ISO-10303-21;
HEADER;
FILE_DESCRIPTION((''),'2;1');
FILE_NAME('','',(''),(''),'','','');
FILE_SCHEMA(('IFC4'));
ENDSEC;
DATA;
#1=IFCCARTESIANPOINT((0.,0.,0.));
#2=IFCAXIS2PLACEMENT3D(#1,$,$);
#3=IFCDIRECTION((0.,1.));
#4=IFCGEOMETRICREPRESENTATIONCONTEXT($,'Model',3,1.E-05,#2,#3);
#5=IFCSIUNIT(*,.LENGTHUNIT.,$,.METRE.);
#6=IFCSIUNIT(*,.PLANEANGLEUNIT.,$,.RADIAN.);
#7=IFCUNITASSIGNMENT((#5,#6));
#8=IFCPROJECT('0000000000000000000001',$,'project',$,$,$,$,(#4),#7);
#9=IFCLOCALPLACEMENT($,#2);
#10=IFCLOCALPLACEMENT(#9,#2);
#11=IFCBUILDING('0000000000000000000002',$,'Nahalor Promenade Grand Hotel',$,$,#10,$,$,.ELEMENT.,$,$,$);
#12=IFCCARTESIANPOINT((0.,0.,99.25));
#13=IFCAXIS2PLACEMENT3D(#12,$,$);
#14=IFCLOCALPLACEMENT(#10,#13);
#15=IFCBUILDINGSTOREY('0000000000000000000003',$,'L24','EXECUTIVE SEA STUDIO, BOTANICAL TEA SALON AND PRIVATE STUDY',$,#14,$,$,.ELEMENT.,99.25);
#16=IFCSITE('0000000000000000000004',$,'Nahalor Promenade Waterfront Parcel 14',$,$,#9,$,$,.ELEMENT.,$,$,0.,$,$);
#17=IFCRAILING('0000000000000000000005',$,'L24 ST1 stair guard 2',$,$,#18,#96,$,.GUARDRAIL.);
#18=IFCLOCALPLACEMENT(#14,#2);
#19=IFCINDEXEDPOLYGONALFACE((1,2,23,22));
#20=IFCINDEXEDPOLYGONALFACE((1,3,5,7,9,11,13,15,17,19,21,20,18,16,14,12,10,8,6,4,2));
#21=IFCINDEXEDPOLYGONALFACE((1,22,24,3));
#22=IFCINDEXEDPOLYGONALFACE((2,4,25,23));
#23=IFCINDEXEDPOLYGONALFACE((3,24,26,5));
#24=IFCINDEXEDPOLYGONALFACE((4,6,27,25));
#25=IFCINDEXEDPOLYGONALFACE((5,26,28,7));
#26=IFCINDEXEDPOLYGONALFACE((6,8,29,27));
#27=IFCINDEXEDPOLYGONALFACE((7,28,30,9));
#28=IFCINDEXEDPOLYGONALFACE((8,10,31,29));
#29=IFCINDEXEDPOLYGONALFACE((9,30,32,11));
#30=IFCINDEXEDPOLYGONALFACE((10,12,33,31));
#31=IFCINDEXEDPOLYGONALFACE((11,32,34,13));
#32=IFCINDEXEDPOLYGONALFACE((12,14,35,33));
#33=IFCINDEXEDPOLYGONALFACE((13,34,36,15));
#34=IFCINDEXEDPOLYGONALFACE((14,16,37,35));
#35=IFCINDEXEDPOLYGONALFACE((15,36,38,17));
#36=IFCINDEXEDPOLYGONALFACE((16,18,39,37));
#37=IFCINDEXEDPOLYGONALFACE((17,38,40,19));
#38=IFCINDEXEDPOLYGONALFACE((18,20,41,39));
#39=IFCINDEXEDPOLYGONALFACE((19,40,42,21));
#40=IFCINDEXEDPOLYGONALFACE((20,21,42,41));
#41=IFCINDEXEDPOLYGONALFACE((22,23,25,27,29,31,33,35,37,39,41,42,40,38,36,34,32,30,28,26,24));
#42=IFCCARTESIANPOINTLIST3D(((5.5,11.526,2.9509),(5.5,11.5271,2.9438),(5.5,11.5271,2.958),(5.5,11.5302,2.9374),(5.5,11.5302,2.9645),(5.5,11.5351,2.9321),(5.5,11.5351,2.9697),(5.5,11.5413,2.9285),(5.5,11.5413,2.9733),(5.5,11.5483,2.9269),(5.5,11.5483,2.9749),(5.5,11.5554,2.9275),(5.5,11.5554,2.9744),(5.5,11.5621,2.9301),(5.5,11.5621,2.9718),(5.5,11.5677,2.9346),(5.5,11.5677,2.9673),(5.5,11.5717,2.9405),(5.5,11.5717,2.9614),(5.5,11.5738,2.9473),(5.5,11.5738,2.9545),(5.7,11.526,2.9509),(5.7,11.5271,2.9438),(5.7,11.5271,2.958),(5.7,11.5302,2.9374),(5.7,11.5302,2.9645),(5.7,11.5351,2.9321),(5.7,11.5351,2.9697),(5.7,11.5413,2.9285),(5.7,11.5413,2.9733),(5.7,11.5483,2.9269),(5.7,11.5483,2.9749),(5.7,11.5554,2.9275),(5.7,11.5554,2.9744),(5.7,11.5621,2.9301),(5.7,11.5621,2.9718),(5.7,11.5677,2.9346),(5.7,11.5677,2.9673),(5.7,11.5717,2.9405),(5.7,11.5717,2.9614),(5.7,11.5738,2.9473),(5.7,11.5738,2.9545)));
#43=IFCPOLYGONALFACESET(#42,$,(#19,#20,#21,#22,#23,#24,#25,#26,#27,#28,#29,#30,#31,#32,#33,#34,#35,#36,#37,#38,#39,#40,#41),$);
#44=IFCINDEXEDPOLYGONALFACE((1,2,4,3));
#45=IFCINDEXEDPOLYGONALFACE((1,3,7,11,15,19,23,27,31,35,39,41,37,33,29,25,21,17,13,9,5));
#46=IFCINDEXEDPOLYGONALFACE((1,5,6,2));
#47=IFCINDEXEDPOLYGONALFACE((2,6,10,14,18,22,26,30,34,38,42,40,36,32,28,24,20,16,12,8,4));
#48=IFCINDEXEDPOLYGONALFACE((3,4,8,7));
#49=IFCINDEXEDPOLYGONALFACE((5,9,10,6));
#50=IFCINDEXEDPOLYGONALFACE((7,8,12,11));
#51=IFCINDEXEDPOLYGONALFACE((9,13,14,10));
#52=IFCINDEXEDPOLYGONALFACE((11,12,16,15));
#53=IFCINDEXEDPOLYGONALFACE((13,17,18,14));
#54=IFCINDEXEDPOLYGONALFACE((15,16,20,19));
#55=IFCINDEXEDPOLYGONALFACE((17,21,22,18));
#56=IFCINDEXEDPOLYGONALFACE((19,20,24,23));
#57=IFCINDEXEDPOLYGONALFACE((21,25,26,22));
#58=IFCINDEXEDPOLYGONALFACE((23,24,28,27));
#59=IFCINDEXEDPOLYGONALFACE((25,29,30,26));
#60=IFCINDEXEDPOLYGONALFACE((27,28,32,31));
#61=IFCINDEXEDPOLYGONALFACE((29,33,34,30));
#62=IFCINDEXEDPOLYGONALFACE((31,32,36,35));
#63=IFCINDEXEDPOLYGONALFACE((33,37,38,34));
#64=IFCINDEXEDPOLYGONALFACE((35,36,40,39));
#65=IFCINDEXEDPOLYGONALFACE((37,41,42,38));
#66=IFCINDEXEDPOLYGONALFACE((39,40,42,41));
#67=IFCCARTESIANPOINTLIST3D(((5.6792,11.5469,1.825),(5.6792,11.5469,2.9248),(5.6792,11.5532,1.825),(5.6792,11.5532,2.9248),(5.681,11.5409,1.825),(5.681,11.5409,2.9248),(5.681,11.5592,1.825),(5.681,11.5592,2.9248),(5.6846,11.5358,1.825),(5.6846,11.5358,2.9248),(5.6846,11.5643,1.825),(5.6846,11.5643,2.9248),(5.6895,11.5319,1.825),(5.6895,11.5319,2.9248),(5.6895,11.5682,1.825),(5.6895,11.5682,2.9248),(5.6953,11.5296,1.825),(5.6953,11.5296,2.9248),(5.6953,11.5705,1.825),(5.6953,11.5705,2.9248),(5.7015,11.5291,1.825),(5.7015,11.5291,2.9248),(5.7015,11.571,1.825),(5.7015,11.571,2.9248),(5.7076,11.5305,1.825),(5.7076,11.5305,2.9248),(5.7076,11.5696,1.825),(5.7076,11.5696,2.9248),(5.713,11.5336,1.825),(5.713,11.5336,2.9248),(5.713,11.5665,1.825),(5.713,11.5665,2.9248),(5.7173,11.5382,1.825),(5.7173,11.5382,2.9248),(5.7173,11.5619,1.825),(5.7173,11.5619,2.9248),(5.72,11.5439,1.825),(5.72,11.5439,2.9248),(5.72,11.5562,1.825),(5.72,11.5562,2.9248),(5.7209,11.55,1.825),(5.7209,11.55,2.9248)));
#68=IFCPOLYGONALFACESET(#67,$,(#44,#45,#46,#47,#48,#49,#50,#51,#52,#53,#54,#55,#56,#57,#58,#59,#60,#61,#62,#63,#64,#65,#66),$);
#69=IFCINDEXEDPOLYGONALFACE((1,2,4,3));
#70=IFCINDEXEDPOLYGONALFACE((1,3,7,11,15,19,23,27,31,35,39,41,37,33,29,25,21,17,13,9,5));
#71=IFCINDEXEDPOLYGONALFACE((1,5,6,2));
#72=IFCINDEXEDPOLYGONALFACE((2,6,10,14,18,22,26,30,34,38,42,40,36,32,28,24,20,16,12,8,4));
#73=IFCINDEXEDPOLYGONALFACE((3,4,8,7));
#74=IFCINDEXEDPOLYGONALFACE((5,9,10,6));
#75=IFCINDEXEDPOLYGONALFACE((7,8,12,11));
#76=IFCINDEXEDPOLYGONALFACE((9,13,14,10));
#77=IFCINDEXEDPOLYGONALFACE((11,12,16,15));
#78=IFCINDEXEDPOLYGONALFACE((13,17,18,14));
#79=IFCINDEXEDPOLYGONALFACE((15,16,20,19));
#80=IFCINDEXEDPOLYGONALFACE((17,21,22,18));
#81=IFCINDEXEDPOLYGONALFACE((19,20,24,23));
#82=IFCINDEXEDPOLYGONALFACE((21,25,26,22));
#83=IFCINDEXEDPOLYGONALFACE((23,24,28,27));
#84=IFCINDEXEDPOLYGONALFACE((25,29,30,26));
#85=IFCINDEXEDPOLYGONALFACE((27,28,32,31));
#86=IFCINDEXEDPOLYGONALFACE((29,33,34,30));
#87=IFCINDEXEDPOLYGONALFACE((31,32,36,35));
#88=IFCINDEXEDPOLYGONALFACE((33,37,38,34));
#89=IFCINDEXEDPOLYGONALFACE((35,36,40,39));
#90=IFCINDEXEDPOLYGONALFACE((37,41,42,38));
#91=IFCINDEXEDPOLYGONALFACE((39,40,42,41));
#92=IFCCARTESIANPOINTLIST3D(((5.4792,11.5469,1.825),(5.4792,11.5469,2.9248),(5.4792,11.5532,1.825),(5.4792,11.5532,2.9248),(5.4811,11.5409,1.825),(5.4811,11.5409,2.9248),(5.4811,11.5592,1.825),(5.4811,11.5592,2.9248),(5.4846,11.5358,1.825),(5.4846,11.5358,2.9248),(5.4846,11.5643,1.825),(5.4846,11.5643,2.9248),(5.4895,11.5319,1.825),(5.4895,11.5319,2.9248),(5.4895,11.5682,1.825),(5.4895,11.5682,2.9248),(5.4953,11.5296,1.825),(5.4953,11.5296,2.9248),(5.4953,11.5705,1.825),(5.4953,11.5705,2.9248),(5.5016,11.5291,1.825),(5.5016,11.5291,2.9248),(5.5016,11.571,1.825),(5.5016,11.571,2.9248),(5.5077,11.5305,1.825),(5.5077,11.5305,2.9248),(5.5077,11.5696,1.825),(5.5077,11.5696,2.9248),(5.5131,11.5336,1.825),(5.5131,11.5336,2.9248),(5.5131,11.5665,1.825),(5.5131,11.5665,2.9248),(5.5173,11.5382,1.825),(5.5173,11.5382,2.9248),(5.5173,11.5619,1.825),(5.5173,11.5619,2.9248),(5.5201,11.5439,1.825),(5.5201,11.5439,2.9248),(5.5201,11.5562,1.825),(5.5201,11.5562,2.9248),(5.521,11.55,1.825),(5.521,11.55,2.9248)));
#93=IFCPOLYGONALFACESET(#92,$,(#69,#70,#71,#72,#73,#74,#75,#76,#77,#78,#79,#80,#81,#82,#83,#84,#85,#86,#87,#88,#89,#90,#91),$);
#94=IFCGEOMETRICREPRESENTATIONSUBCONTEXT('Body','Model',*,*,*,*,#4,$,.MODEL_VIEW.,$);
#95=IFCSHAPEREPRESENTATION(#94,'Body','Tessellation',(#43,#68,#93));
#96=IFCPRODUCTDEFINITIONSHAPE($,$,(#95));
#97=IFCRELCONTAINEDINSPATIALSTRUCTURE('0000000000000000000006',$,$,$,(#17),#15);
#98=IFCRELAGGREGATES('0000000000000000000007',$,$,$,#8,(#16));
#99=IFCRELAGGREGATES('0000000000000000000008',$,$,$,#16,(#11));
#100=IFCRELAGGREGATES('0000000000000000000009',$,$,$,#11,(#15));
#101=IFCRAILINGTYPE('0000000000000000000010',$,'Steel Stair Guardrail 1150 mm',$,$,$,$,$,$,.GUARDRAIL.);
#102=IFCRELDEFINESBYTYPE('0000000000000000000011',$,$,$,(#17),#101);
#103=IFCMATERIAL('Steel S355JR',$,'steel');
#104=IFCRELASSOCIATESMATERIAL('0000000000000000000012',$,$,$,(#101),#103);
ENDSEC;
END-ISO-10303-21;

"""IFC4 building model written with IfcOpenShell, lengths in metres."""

from ifc_helpers import new_model, si_unit, direction, frame, origin, origin_2d, place, context, subcontext, project, spatial, circle, extrude, material, type_object, element, save


model = new_model("IFC4")

# Units and contexts
model_context = context("Model", 3, precision=1e-05, world=origin(), true_north=direction((0.0, 1.0)))
body_context = subcontext(model_context, "Body", "Model", "MODEL_VIEW")
ifc_project = project(units=[si_unit("LENGTHUNIT", "METRE"), si_unit("PLANEANGLEUNIT", "RADIAN")], contexts=[model_context])

# Site, building, storey
site_placement = place(None, origin())
site = spatial("IfcSite", under=ifc_project, at=site_placement, Name="Nahalor Promenade Waterfront Parcel 14", CompositionType="ELEMENT", RefElevation=0.0)
building_placement = place(site_placement, origin())
building = spatial("IfcBuilding", under=site, at=building_placement, Name="Nahalor Promenade Grand Hotel", CompositionType="ELEMENT")
storey_placement = place(building_placement, frame((0.0, 0.0, 99.25)))
storey = spatial("IfcBuildingStorey", under=building, at=storey_placement, Name="L24", Description="EXECUTIVE SEA STUDIO, BOTANICAL TEA SALON AND PRIVATE STUDY", CompositionType="ELEMENT", Elevation=99.25)

# Shared definitions
ifc_material_1 = material(Name="Steel S355JR", Category="steel")

# Railing
railing_type = type_object("IfcRailingType", Name="Steel Stair Guardrail 1150 mm", PredefinedType="GUARDRAIL", material=ifc_material_1)
railing_1_placement = place(storey_placement, frame((5.7, 11.55, 1.825)))
element("IfcRailing", 1, at=railing_1_placement, inside=storey, type_object=railing_type, Name="L24 ST1 stair guard 2", PredefinedType="GUARDRAIL", context=body_context, shape_type="SweptSolid", body=[
    extrude(circle(Radius=0.024, at=origin_2d()), frame((0.0, 0.0, 1.126), z_axis=(-1.0, 0.0, 0.0), x_axis=(0.0, -1.0, 0.0)), (0.0, 0.0, 1.0), 0.2),
    extrude(circle(Radius=0.021, at=origin_2d()), origin(), (0.0, 0.0, 1.0), 1.0999),
    extrude(circle(Radius=0.021, at=origin_2d()), frame((-0.2, 0.0, 0.0)), (0.0, 0.0, 1.0), 1.0999),
])

save(model, "model.ifc")
